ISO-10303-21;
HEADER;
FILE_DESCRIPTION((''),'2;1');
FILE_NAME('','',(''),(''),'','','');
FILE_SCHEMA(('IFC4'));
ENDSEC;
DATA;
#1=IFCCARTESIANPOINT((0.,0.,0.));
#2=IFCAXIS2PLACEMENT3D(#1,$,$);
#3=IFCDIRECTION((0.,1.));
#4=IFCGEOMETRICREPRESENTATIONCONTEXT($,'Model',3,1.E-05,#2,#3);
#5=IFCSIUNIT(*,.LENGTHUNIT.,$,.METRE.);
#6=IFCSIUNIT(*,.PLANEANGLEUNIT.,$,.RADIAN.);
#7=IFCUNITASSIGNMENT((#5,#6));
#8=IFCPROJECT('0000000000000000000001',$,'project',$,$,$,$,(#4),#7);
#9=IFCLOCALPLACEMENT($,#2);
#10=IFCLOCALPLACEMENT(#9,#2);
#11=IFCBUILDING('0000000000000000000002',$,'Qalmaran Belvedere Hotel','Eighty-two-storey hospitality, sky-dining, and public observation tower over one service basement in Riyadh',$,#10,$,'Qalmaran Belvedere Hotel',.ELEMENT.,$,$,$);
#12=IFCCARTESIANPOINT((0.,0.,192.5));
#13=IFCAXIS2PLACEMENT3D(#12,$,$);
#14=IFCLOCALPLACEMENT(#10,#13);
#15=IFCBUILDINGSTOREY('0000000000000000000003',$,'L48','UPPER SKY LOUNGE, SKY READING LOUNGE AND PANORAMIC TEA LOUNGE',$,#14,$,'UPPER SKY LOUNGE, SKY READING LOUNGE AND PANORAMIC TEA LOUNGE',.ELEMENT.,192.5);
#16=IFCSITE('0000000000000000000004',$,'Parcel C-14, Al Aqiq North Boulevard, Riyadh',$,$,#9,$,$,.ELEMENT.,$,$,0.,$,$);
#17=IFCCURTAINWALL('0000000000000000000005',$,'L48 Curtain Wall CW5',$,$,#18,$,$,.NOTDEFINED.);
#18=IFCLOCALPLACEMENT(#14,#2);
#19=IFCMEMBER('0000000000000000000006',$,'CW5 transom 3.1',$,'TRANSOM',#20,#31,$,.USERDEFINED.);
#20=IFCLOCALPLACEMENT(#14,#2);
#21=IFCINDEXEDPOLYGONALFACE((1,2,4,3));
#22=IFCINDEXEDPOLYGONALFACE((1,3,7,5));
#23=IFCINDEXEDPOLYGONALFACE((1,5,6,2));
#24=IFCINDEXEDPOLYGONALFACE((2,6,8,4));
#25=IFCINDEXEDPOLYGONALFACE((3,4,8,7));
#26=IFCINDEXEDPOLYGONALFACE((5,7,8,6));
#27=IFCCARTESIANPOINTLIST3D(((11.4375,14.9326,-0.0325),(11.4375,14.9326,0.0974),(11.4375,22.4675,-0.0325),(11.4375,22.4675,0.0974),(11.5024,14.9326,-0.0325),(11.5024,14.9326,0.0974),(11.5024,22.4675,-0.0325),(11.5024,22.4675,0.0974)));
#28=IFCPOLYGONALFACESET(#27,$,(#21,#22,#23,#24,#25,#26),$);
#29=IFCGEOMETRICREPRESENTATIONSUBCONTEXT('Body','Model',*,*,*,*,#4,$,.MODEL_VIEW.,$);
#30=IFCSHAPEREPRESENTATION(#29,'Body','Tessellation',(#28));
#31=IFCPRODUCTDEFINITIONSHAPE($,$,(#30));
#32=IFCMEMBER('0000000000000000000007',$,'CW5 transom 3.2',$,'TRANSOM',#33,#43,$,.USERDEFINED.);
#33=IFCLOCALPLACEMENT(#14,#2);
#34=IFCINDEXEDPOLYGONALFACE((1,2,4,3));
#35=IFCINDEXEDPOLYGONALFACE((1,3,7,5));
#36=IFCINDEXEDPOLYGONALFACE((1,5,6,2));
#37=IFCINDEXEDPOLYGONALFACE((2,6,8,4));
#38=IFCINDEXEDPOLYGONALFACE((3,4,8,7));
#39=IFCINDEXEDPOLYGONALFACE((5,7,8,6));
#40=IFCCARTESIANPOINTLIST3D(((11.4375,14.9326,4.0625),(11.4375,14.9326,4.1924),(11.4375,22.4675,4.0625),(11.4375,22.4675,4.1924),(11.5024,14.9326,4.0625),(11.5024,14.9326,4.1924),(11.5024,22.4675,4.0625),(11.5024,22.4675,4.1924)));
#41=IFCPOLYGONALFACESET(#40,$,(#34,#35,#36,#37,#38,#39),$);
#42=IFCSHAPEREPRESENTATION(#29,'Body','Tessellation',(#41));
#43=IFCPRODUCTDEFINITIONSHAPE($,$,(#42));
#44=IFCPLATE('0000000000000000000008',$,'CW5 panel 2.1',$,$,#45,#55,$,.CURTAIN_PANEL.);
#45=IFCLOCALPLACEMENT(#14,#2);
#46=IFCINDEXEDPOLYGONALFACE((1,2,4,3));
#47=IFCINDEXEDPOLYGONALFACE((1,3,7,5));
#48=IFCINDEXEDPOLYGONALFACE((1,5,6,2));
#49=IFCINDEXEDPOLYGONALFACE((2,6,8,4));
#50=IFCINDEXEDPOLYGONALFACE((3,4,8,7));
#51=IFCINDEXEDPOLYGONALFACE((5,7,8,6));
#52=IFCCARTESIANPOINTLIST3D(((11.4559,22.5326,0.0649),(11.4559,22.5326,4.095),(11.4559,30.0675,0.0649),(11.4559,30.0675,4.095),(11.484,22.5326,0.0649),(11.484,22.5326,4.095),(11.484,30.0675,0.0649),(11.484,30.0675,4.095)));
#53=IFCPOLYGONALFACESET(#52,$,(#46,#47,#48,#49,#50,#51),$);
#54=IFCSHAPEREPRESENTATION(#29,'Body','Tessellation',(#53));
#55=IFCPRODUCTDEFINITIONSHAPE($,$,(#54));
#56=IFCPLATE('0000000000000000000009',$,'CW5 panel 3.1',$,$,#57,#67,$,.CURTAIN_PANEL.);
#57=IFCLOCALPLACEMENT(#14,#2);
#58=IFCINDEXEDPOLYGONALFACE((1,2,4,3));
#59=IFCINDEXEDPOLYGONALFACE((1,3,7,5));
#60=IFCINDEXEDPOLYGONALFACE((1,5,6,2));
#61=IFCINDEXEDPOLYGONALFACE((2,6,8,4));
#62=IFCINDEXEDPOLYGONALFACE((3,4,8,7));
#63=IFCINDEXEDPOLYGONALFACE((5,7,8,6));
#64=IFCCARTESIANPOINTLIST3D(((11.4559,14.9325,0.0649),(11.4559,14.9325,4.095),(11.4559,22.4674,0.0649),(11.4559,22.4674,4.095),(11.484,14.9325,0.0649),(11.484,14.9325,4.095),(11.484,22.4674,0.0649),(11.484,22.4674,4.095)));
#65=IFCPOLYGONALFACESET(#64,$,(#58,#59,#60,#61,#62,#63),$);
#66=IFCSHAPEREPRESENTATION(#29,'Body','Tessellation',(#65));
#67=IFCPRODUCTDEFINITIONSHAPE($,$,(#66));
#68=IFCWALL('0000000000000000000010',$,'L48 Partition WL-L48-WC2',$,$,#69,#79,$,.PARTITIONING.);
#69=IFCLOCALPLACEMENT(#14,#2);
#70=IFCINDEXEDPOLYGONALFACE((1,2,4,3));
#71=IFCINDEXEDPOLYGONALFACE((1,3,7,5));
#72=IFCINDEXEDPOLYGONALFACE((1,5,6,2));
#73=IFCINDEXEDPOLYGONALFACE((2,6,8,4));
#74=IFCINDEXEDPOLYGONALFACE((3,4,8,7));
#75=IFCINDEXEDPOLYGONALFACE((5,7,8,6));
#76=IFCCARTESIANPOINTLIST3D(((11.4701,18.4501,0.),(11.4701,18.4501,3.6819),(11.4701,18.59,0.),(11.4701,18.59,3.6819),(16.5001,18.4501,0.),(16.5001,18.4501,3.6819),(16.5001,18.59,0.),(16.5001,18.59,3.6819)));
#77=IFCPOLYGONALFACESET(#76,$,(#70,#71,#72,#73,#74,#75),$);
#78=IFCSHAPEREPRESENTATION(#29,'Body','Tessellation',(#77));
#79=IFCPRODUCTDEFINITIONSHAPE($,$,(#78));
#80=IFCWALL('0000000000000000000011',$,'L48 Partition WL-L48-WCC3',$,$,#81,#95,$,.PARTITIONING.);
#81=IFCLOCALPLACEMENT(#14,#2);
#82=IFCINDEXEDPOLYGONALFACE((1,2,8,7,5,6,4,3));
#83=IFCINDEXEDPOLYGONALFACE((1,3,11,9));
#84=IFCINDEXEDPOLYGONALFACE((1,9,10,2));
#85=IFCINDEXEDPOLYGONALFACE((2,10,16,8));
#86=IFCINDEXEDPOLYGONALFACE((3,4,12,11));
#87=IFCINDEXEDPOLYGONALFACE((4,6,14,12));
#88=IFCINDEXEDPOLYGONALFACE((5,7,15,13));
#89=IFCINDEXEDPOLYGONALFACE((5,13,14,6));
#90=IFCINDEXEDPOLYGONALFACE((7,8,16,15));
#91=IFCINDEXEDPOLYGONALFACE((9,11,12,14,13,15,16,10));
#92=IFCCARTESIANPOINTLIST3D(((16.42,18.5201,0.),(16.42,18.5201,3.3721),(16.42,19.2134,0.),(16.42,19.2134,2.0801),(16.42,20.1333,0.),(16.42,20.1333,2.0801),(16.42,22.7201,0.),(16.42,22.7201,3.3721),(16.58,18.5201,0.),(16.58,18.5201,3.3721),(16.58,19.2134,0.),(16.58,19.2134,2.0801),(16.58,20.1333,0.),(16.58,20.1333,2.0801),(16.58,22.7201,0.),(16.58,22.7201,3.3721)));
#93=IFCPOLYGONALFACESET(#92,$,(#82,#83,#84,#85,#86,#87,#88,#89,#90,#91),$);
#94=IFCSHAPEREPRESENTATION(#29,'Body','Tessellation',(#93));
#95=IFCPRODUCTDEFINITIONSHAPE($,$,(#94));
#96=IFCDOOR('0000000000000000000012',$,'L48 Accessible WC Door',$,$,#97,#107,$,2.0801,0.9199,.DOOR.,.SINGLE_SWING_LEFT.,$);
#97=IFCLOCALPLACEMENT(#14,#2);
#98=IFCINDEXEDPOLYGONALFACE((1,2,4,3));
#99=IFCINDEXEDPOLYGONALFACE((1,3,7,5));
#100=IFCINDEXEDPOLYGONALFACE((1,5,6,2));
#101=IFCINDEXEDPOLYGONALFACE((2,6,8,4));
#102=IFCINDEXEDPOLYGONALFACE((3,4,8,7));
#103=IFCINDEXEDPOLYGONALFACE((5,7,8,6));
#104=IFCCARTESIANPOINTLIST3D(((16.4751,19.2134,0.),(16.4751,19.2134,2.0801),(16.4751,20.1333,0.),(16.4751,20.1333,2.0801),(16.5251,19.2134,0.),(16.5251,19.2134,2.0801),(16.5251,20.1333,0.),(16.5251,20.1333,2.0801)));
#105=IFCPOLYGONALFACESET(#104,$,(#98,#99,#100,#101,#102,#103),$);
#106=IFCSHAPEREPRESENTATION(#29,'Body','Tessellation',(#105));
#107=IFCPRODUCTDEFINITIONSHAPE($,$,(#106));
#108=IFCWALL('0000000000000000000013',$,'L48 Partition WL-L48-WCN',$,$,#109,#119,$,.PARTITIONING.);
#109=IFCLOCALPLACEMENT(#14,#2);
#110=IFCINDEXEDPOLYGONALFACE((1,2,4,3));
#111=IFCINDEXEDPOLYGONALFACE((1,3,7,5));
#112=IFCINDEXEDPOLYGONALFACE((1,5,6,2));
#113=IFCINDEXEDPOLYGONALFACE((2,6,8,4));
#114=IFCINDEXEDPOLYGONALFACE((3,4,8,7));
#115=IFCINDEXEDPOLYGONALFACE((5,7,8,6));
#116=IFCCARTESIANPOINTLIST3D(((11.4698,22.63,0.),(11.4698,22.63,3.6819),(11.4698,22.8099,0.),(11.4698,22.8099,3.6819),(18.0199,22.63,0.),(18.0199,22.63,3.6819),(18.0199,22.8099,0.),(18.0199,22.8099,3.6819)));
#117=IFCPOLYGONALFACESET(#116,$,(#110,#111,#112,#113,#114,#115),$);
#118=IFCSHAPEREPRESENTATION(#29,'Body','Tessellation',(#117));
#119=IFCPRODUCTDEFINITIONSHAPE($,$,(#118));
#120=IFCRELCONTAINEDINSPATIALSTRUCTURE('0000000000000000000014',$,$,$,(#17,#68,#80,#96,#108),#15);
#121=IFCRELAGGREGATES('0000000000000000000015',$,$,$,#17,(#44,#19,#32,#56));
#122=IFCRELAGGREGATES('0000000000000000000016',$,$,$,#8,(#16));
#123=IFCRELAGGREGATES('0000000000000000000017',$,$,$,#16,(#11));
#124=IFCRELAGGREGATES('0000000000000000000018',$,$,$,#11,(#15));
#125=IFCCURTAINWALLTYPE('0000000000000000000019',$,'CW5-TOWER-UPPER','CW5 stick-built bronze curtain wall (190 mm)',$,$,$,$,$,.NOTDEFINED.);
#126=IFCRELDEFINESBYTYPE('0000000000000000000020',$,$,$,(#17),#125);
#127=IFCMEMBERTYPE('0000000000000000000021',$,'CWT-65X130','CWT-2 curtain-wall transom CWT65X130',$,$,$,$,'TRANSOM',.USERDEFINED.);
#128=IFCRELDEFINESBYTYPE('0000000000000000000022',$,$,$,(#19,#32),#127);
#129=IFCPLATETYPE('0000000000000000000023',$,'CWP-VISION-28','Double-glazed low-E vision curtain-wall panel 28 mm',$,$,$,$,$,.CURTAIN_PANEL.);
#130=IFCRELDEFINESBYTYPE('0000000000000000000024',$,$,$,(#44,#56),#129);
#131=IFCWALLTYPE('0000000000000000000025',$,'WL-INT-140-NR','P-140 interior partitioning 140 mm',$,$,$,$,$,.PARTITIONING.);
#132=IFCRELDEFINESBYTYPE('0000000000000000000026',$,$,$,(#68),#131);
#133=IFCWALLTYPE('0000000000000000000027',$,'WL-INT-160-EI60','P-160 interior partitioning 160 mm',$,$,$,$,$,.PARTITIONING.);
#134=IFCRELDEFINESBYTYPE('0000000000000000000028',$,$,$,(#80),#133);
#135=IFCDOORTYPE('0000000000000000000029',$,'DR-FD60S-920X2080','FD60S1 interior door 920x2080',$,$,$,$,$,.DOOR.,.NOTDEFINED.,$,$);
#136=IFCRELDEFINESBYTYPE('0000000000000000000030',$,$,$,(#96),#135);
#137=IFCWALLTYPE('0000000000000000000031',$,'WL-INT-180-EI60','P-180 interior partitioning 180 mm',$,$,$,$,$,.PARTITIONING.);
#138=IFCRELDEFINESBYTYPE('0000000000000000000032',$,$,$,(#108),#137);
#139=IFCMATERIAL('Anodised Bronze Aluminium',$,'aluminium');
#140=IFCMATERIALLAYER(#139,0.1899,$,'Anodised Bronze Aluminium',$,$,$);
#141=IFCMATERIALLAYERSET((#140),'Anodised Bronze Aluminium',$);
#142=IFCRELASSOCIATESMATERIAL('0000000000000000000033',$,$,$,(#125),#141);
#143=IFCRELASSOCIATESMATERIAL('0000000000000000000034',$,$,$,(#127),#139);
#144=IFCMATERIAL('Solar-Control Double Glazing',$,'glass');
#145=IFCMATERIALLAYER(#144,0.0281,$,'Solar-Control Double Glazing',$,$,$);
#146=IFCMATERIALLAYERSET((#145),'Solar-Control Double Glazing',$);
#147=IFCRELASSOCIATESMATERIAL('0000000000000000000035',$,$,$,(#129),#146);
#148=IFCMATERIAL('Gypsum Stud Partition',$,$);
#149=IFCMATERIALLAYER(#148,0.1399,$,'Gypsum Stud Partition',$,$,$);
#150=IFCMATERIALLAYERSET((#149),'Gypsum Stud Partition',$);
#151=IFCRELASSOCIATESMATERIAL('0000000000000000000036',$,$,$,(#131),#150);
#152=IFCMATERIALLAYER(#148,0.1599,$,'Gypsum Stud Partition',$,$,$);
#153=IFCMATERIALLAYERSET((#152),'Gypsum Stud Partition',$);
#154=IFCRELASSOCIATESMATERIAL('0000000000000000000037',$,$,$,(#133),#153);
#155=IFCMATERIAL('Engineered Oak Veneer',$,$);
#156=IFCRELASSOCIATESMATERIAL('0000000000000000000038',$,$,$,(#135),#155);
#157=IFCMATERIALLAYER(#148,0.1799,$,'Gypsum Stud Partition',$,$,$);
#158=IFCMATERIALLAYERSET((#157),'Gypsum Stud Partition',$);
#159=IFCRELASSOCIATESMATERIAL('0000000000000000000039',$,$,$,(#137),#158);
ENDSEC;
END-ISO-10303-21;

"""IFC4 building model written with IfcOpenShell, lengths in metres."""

from ifc_helpers import new_model, si_unit, direction, frame, frame_2d, origin, origin_2d, place, context, subcontext, project, spatial, rectangle, extrude, material, layer, layer_set, material_profile, profile_set, type_object, element, fill, aggregate, save


model = new_model("IFC4")

# Units and contexts
model_context = context("Model", 3, precision=1e-05, world=origin(), true_north=direction((0.0, 1.0)))
body_context = subcontext(model_context, "Body", "Model", "MODEL_VIEW")
ifc_project = project(units=[si_unit("LENGTHUNIT", "METRE"), si_unit("PLANEANGLEUNIT", "RADIAN")], contexts=[model_context])

# Site, building, storey
site_placement = place(None, origin())
site = spatial("IfcSite", under=ifc_project, at=site_placement, Name="Parcel C-14, Al Aqiq North Boulevard, Riyadh", CompositionType="ELEMENT", RefElevation=0.0)
building_placement = place(site_placement, origin())
building = spatial("IfcBuilding", under=site, at=building_placement, Name="Qalmaran Belvedere Hotel", Description="Eighty-two-storey hospitality, sky-dining, and public observation tower over one service basement in Riyadh", LongName="Qalmaran Belvedere Hotel", CompositionType="ELEMENT")
storey_placement = place(building_placement, frame((0.0, 0.0, 192.5)))
storey = spatial("IfcBuildingStorey", under=building, at=storey_placement, Name="L48", Description="UPPER SKY LOUNGE, SKY READING LOUNGE AND PANORAMIC TEA LOUNGE", LongName="UPPER SKY LOUNGE, SKY READING LOUNGE AND PANORAMIC TEA LOUNGE", CompositionType="ELEMENT", Elevation=192.5)

# Curtain wall, members, plates
ifc_material_1 = material(Name="Anodised Bronze Aluminium", Category="aluminium")
ifc_layer_1 = layer(ifc_material_1, 0.1899, Name="Anodised Bronze Aluminium")
ifc_layer_set_1 = layer_set([ifc_layer_1], Name="Anodised Bronze Aluminium")
curtain_wall_type = type_object("IfcCurtainWallType", Name="CW5-TOWER-UPPER", Description="CW5 stick-built bronze curtain wall (190 mm)", PredefinedType="NOTDEFINED", material=ifc_layer_set_1)
curtain_wall_placement = place(storey_placement, origin())
curtain_wall = element("IfcCurtainWall", 1, at=curtain_wall_placement, inside=storey, type_object=curtain_wall_type, Name="L48 Curtain Wall CW5", PredefinedType="NOTDEFINED")
ifc_material_profile_1 = material_profile(ifc_material_1, rectangle(XDim=0.0649, YDim=0.1299, at=origin_2d()), Name="CWT65X130")
ifc_profile_set_1 = profile_set([ifc_material_profile_1], Name="Anodised Bronze Aluminium")
member_type_1 = type_object("IfcMemberType", Name="CWT-65X130", Description="CWT-2 curtain-wall transom CWT65X130", ElementType="TRANSOM", PredefinedType="USERDEFINED", material=ifc_profile_set_1)
member_1_placement = place(storey_placement, frame((11.47, 22.4675, 0.0325), z_axis=(0.0, -1.0, 0.0), x_axis=(1.0, 0.0, 0.0)))
member_1 = element("IfcMember", 2, at=member_1_placement, type_object=member_type_1, Name="CW5 transom 3.1", ObjectType="TRANSOM", PredefinedType="USERDEFINED", context=body_context, shape_type="SweptSolid", body=[
    extrude(rectangle(XDim=0.0649, YDim=0.1299, at=origin_2d()), origin(), (0.0, 0.0, 1.0), 7.5349),
])
member_2_placement = place(storey_placement, frame((11.47, 22.4675, 4.1274), z_axis=(0.0, -1.0, 0.0), x_axis=(1.0, 0.0, 0.0)))
member_2 = element("IfcMember", 3, at=member_2_placement, type_object=member_type_1, Name="CW5 transom 3.2", ObjectType="TRANSOM", PredefinedType="USERDEFINED", context=body_context, shape_type="SweptSolid", body=[
    extrude(rectangle(XDim=0.0649, YDim=0.1299, at=origin_2d()), origin(), (0.0, 0.0, 1.0), 7.5349),
])
ifc_material_2 = material(Name="Solar-Control Double Glazing", Category="glass")
ifc_layer_2 = layer(ifc_material_2, 0.0281, Name="Solar-Control Double Glazing")
ifc_layer_set_2 = layer_set([ifc_layer_2], Name="Solar-Control Double Glazing")
plate_type = type_object("IfcPlateType", Name="CWP-VISION-28", Description="Double-glazed low-E vision curtain-wall panel 28 mm", PredefinedType="CURTAIN_PANEL", material=ifc_layer_set_2)
plate_1_placement = place(storey_placement, frame((11.47, 26.3, 0.0649), z_axis=(0.0, 0.0, 1.0), x_axis=(0.0, -1.0, 0.0)))
plate_1 = element("IfcPlate", 4, at=plate_1_placement, type_object=plate_type, Name="CW5 panel 2.1", PredefinedType="CURTAIN_PANEL", context=body_context, shape_type="SweptSolid", body=[
    extrude(rectangle(XDim=7.5349, YDim=0.0281, at=origin_2d()), origin(), (0.0, 0.0, 1.0), 4.03),
])
plate_2_placement = place(storey_placement, frame((11.47, 18.7, 0.0649), z_axis=(0.0, 0.0, 1.0), x_axis=(0.0, -1.0, 0.0)))
plate_2 = element("IfcPlate", 5, at=plate_2_placement, type_object=plate_type, Name="CW5 panel 3.1", PredefinedType="CURTAIN_PANEL", context=body_context, shape_type="SweptSolid", body=[
    extrude(rectangle(XDim=7.5349, YDim=0.0281, at=origin_2d()), origin(), (0.0, 0.0, 1.0), 4.03),
])
aggregate(curtain_wall, [plate_1, member_1, member_2, plate_2])

# Wall
ifc_material_3 = material(Name="Gypsum Stud Partition")
ifc_layer_3 = layer(ifc_material_3, 0.1399, Name="Gypsum Stud Partition")
ifc_layer_set_3 = layer_set([ifc_layer_3], Name="Gypsum Stud Partition")
wall_type_1 = type_object("IfcWallType", Name="WL-INT-140-NR", Description="P-140 interior partitioning 140 mm", PredefinedType="PARTITIONING", material=ifc_layer_set_3)
wall_1_placement = place(storey_placement, frame((11.47, 18.52, 0.0), z_axis=(0.0, 0.0, 1.0), x_axis=(1.0, 0.0, 0.0)))
element("IfcWall", 6, at=wall_1_placement, inside=storey, type_object=wall_type_1, Name="L48 Partition WL-L48-WC2", PredefinedType="PARTITIONING", context=body_context, shape_type="SweptSolid", body=[
    extrude(rectangle(XDim=5.03, YDim=0.1399, at=frame_2d((2.5151, 0.0))), origin(), (0.0, 0.0, 1.0), 3.6819),
])

# Wall, opening, door
ifc_layer_4 = layer(ifc_material_3, 0.1599, Name="Gypsum Stud Partition")
ifc_layer_set_4 = layer_set([ifc_layer_4], Name="Gypsum Stud Partition")
wall_type_2 = type_object("IfcWallType", Name="WL-INT-160-EI60", Description="P-160 interior partitioning 160 mm", PredefinedType="PARTITIONING", material=ifc_layer_set_4)
wall_2_placement = place(storey_placement, frame((16.5, 18.52, 0.0), z_axis=(0.0, 0.0, 1.0), x_axis=(0.0, 1.0, 0.0)))
wall_2 = element("IfcWall", 7, at=wall_2_placement, inside=storey, type_object=wall_type_2, Name="L48 Partition WL-L48-WCC3", PredefinedType="PARTITIONING", context=body_context, shape_type="SweptSolid", body=[
    extrude(rectangle(XDim=4.2, YDim=0.1599, at=frame_2d((2.1001, 0.0))), origin(), (0.0, 0.0, 1.0), 3.3721),
])
opening_placement = place(wall_2_placement, frame((0.6934, 0.0, 0.0)))
opening = element("IfcOpeningElement", 8, at=opening_placement, cuts=wall_2, PredefinedType="OPENING", context=body_context, shape_type="SweptSolid", body=[
    extrude(rectangle(XDim=0.9199, YDim=2.0801, at=frame_2d((0.46, 1.04))), frame((0.0, 0.0898, 0.0), z_axis=(0.0, -1.0, 0.0), x_axis=(1.0, 0.0, 0.0)), (0.0, 0.0, 1.0), 0.1799),
])
ifc_material_4 = material(Name="Engineered Oak Veneer")
door_type = type_object("IfcDoorType", Name="DR-FD60S-920X2080", Description="FD60S1 interior door 920x2080", OperationType="NOTDEFINED", PredefinedType="DOOR", material=ifc_material_4)
door_placement = place(opening_placement, origin())
door = element("IfcDoor", 9, at=door_placement, inside=storey, type_object=door_type, Name="L48 Accessible WC Door", OperationType="SINGLE_SWING_LEFT", OverallHeight=2.0801, OverallWidth=0.9199, PredefinedType="DOOR", context=body_context, shape_type="SweptSolid", body=[
    extrude(rectangle(XDim=0.9199, YDim=2.0801, at=frame_2d((0.46, 1.04))), frame((0.0, 0.0249, 0.0), z_axis=(0.0, -1.0, 0.0), x_axis=(1.0, 0.0, 0.0)), (0.0, 0.0, 1.0), 0.05),
])
fill(opening, door)

# Wall
ifc_layer_5 = layer(ifc_material_3, 0.1799, Name="Gypsum Stud Partition")
ifc_layer_set_5 = layer_set([ifc_layer_5], Name="Gypsum Stud Partition")
wall_type_3 = type_object("IfcWallType", Name="WL-INT-180-EI60", Description="P-180 interior partitioning 180 mm", PredefinedType="PARTITIONING", material=ifc_layer_set_5)
wall_3_placement = place(storey_placement, frame((11.47, 22.72, 0.0), z_axis=(0.0, 0.0, 1.0), x_axis=(1.0, 0.0, 0.0)))
element("IfcWall", 10, at=wall_3_placement, inside=storey, type_object=wall_type_3, Name="L48 Partition WL-L48-WCN", PredefinedType="PARTITIONING", context=body_context, shape_type="SweptSolid", body=[
    extrude(rectangle(XDim=6.55, YDim=0.1799, at=frame_2d((3.2749, 0.0))), origin(), (0.0, 0.0, 1.0), 3.6819),
])

save(model, "model.ifc")
